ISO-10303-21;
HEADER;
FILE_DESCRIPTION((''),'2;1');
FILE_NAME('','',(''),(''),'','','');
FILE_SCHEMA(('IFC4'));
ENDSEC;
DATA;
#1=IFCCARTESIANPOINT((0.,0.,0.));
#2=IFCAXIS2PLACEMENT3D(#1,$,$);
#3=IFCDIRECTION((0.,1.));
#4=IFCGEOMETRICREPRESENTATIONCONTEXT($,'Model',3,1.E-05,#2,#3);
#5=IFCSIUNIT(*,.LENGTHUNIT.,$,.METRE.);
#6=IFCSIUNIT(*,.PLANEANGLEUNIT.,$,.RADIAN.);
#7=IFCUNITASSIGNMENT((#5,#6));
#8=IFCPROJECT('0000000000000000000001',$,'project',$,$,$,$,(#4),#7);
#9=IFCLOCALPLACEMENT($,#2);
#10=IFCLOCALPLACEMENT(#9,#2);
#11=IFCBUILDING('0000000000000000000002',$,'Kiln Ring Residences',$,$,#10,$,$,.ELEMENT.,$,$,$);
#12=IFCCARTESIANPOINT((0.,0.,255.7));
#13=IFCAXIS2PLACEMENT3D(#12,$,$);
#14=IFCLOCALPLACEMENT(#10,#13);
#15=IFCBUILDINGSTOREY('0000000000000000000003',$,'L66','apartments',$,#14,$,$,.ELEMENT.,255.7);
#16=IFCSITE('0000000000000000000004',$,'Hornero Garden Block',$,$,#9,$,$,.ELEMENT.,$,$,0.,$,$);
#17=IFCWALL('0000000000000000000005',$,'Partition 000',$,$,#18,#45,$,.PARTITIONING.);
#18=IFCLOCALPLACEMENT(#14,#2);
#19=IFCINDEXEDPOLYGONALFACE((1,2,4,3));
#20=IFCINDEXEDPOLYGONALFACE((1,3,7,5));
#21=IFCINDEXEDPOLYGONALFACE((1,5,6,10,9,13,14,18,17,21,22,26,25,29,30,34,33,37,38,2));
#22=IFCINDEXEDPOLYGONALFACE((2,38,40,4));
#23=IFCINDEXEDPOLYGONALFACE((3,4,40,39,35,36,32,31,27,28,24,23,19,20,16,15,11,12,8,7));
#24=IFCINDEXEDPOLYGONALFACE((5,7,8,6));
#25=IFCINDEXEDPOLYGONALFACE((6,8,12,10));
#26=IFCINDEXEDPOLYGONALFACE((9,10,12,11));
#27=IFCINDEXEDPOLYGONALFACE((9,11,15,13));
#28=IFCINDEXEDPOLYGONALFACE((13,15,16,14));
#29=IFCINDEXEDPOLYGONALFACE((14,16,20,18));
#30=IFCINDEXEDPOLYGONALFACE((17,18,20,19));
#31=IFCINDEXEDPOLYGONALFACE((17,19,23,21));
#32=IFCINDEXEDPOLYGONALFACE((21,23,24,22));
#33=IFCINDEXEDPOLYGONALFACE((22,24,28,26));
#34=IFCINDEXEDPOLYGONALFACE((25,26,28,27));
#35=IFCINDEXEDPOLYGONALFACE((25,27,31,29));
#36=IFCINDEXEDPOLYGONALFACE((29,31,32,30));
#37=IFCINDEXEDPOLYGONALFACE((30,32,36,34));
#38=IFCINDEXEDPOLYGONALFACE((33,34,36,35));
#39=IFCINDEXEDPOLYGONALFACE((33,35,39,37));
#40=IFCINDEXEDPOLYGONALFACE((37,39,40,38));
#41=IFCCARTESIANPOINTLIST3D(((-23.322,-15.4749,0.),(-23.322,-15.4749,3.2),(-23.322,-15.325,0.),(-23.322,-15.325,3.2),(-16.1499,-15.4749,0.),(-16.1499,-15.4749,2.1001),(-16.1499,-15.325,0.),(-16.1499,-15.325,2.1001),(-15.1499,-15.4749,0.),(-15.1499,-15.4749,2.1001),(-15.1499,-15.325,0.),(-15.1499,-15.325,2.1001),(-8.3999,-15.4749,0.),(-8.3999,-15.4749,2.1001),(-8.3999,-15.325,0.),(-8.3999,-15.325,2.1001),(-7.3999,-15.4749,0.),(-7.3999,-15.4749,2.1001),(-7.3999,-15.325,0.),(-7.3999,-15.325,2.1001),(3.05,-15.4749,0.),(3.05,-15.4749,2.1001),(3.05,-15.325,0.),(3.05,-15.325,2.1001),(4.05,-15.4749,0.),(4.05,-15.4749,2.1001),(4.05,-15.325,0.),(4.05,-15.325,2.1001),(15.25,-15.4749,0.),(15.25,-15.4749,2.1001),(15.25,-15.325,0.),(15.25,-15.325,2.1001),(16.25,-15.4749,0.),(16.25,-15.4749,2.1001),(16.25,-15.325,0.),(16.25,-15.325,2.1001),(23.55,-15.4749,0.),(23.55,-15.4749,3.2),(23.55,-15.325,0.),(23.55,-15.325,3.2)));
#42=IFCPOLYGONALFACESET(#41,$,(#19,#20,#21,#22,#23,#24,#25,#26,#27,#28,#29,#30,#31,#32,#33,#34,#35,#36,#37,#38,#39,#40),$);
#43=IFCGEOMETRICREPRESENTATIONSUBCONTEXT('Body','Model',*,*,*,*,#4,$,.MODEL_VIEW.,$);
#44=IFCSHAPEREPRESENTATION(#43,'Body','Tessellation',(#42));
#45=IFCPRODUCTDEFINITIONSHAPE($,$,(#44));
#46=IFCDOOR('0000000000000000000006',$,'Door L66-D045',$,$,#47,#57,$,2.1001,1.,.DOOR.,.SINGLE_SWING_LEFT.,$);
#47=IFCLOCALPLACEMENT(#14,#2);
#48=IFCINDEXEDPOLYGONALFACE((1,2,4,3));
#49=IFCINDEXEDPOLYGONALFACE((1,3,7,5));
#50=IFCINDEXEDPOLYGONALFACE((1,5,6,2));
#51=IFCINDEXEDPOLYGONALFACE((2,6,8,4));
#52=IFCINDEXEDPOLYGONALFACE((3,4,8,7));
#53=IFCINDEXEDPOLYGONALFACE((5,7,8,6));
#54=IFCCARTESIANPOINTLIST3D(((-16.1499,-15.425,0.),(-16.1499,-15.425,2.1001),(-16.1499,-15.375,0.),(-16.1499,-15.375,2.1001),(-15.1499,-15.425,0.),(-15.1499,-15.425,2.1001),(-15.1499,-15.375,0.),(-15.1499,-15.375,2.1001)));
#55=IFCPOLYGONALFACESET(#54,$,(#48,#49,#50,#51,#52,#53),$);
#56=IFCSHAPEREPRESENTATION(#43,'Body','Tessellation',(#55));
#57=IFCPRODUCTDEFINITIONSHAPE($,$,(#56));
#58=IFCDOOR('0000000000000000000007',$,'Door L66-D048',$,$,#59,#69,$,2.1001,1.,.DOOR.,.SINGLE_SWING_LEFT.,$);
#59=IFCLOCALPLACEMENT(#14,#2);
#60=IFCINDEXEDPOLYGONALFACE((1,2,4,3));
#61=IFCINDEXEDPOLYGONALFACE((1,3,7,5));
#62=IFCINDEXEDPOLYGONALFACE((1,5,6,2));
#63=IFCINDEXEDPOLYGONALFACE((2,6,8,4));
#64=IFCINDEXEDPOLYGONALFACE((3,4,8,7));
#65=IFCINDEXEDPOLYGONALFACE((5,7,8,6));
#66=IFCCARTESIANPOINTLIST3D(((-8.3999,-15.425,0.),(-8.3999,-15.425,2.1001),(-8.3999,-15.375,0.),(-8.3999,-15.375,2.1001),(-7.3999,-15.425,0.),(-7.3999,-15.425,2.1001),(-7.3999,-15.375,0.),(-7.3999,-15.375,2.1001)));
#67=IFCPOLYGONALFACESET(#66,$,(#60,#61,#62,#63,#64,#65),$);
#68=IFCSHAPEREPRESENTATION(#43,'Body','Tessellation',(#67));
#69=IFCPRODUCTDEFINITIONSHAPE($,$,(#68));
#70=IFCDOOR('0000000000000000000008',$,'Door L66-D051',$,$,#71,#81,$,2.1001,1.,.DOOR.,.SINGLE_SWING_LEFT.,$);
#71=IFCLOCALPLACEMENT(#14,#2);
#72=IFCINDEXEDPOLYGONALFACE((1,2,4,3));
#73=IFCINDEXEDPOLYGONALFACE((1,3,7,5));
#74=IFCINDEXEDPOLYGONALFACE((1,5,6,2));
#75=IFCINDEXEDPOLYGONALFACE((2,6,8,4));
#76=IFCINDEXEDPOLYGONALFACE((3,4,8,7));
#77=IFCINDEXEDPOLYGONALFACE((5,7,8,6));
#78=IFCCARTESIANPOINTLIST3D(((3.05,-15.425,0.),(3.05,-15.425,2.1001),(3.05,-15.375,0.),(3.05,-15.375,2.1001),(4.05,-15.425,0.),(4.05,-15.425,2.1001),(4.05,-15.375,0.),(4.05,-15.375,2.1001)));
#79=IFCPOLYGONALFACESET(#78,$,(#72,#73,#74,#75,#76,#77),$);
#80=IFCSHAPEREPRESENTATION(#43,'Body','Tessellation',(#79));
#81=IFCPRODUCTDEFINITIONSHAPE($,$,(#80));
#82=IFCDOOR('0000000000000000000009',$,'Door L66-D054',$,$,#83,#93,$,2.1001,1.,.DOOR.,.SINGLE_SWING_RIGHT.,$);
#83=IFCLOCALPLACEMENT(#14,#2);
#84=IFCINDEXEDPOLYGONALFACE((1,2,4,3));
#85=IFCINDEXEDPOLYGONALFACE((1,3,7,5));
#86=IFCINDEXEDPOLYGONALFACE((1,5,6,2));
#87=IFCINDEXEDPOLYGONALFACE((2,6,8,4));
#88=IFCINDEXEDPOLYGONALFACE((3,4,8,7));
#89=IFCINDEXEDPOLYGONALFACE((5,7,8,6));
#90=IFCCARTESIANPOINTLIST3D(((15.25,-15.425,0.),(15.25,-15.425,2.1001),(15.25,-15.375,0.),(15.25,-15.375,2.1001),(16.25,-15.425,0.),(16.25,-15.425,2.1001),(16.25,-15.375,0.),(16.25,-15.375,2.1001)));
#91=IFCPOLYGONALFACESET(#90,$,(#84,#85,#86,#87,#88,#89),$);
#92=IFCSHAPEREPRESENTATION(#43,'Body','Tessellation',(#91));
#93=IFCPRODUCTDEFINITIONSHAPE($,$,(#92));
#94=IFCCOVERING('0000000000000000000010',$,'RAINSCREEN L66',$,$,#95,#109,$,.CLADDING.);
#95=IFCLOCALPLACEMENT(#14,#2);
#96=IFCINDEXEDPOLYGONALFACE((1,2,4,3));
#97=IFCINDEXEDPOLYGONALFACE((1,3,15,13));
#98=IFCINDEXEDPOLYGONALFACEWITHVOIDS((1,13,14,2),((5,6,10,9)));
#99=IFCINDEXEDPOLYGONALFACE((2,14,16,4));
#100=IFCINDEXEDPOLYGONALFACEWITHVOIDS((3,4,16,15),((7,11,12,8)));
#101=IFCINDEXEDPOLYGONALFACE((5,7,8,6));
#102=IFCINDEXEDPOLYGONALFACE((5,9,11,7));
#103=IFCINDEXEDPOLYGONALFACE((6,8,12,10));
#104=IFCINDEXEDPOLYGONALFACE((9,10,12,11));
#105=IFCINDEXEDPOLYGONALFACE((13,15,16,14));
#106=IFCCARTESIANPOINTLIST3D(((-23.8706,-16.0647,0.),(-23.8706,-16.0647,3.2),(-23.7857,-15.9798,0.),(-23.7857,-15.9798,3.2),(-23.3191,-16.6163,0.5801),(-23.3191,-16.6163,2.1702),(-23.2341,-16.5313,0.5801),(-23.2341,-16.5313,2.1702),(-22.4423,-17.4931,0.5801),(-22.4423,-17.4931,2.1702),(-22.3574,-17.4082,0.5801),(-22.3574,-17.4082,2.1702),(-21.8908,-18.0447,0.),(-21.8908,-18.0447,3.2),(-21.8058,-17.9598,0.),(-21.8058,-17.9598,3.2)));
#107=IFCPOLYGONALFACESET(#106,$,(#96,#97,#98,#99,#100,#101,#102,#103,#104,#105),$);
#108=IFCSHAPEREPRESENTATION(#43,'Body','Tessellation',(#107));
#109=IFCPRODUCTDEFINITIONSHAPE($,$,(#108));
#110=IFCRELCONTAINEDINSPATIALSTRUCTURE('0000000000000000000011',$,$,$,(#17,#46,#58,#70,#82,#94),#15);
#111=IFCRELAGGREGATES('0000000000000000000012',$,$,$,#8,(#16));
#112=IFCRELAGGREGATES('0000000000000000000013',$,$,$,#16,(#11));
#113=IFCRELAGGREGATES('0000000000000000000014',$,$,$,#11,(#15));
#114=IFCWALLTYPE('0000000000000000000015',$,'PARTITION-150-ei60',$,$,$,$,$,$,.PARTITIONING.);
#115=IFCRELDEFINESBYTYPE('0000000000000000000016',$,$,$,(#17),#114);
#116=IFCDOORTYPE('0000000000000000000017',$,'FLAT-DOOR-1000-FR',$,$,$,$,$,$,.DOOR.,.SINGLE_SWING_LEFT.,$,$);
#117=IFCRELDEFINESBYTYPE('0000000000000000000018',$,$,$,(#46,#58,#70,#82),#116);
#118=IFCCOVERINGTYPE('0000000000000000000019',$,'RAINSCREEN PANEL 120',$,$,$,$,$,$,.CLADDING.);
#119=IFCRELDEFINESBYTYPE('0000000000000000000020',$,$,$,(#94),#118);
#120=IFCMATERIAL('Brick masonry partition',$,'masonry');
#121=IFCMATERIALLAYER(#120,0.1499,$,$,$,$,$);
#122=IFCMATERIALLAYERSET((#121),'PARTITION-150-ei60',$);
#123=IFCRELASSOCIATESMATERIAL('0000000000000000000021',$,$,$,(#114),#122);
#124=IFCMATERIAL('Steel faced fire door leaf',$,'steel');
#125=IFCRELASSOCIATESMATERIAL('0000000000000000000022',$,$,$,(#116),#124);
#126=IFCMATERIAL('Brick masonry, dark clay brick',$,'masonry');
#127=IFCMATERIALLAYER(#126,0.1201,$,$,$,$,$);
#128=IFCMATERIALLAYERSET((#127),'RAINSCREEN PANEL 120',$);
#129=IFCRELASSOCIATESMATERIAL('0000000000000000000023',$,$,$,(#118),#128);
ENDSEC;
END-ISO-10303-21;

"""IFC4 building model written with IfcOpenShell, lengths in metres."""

from ifc_helpers import new_model, si_unit, direction, frame, frame_2d, origin, place, context, subcontext, project, spatial, polyline, rectangle, outline, extrude, material, layer, layer_set, type_object, element, fill, save


model = new_model("IFC4")

# Units and contexts
model_context = context("Model", 3, precision=1e-05, world=origin(), true_north=direction((0.0, 1.0)))
body_context = subcontext(model_context, "Body", "Model", "MODEL_VIEW")
ifc_project = project(units=[si_unit("LENGTHUNIT", "METRE"), si_unit("PLANEANGLEUNIT", "RADIAN")], contexts=[model_context])

# Site, building, storey
site_placement = place(None, origin())
site = spatial("IfcSite", under=ifc_project, at=site_placement, Name="Hornero Garden Block", CompositionType="ELEMENT", RefElevation=0.0)
building_placement = place(site_placement, origin())
building = spatial("IfcBuilding", under=site, at=building_placement, Name="Kiln Ring Residences", CompositionType="ELEMENT")
storey_placement = place(building_placement, frame((0.0, 0.0, 255.7)))
storey = spatial("IfcBuildingStorey", under=building, at=storey_placement, Name="L66", Description="apartments", CompositionType="ELEMENT", Elevation=255.7)

# Wall, openings, doors
ifc_material_1 = material(Name="Brick masonry partition", Category="masonry")
ifc_layer_1 = layer(ifc_material_1, 0.1499)
ifc_layer_set_1 = layer_set([ifc_layer_1], Name="PARTITION-150-ei60")
wall_type_1 = type_object("IfcWallType", Name="PARTITION-150-ei60", PredefinedType="PARTITIONING", material=ifc_layer_set_1)
wall_1_placement = place(storey_placement, frame((-23.322, -15.3999, 0.0), z_axis=(0.0, 0.0, 1.0), x_axis=(1.0, 0.0, 0.0)))
wall_1 = element("IfcWall", 1, at=wall_1_placement, inside=storey, type_object=wall_type_1, Name="Partition 000", PredefinedType="PARTITIONING", context=body_context, shape_type="SweptSolid", body=[
    extrude(rectangle(XDim=46.8721, YDim=0.1499, at=frame_2d((23.436, 0.0))), origin(), (0.0, 0.0, 1.0), 3.2),
])
opening_1_placement = place(wall_1_placement, frame((7.1721, 0.0, 0.0)))
opening_1 = element("IfcOpeningElement", 2, at=opening_1_placement, cuts=wall_1, PredefinedType="OPENING", context=body_context, shape_type="SweptSolid", body=[
    extrude(rectangle(XDim=1.0, YDim=2.1001, at=frame_2d((0.5, 1.05))), frame((0.0, 0.085, 0.0), z_axis=(0.0, -1.0, 0.0), x_axis=(1.0, 0.0, 0.0)), (0.0, 0.0, 1.0), 0.1699),
])
opening_2_placement = place(wall_1_placement, frame((14.9221, 0.0, 0.0)))
opening_2 = element("IfcOpeningElement", 3, at=opening_2_placement, cuts=wall_1, PredefinedType="OPENING", context=body_context, shape_type="SweptSolid", body=[
    extrude(rectangle(XDim=1.0, YDim=2.1001, at=frame_2d((0.5, 1.05))), frame((0.0, 0.085, 0.0), z_axis=(0.0, -1.0, 0.0), x_axis=(1.0, 0.0, 0.0)), (0.0, 0.0, 1.0), 0.1699),
])
opening_3_placement = place(wall_1_placement, frame((26.3721, 0.0, 0.0)))
opening_3 = element("IfcOpeningElement", 4, at=opening_3_placement, cuts=wall_1, PredefinedType="OPENING", context=body_context, shape_type="SweptSolid", body=[
    extrude(rectangle(XDim=1.0, YDim=2.1001, at=frame_2d((0.5, 1.05))), frame((0.0, 0.085, 0.0), z_axis=(0.0, -1.0, 0.0), x_axis=(1.0, 0.0, 0.0)), (0.0, 0.0, 1.0), 0.1699),
])
opening_4_placement = place(wall_1_placement, frame((38.572, 0.0, 0.0)))
opening_4 = element("IfcOpeningElement", 5, at=opening_4_placement, cuts=wall_1, PredefinedType="OPENING", context=body_context, shape_type="SweptSolid", body=[
    extrude(rectangle(XDim=1.0, YDim=2.1001, at=frame_2d((0.5, 1.05))), frame((0.0, 0.085, 0.0), z_axis=(0.0, -1.0, 0.0), x_axis=(1.0, 0.0, 0.0)), (0.0, 0.0, 1.0), 0.1699),
])
ifc_material_2 = material(Name="Steel faced fire door leaf", Category="steel")
door_type = type_object("IfcDoorType", Name="FLAT-DOOR-1000-FR", OperationType="SINGLE_SWING_LEFT", PredefinedType="DOOR", material=ifc_material_2)
door_1_placement = place(opening_1_placement, origin())
door_1 = element("IfcDoor", 6, at=door_1_placement, inside=storey, type_object=door_type, Name="Door L66-D045", OperationType="SINGLE_SWING_LEFT", OverallHeight=2.1001, OverallWidth=1.0, PredefinedType="DOOR", context=body_context, shape_type="SweptSolid", body=[
    extrude(rectangle(XDim=1.0, YDim=2.1001, at=frame_2d((0.5, 1.05))), frame((0.0, 0.0249, 0.0), z_axis=(0.0, -1.0, 0.0), x_axis=(1.0, 0.0, 0.0)), (0.0, 0.0, 1.0), 0.05),
])
fill(opening_1, door_1)
door_2_placement = place(opening_2_placement, origin())
door_2 = element("IfcDoor", 7, at=door_2_placement, inside=storey, type_object=door_type, Name="Door L66-D048", OperationType="SINGLE_SWING_LEFT", OverallHeight=2.1001, OverallWidth=1.0, PredefinedType="DOOR", context=body_context, shape_type="SweptSolid", body=[
    extrude(rectangle(XDim=1.0, YDim=2.1001, at=frame_2d((0.5, 1.05))), frame((0.0, 0.0249, 0.0), z_axis=(0.0, -1.0, 0.0), x_axis=(1.0, 0.0, 0.0)), (0.0, 0.0, 1.0), 0.05),
])
fill(opening_2, door_2)
door_3_placement = place(opening_3_placement, origin())
door_3 = element("IfcDoor", 8, at=door_3_placement, inside=storey, type_object=door_type, Name="Door L66-D051", OperationType="SINGLE_SWING_LEFT", OverallHeight=2.1001, OverallWidth=1.0, PredefinedType="DOOR", context=body_context, shape_type="SweptSolid", body=[
    extrude(rectangle(XDim=1.0, YDim=2.1001, at=frame_2d((0.5, 1.05))), frame((0.0, 0.0249, 0.0), z_axis=(0.0, -1.0, 0.0), x_axis=(1.0, 0.0, 0.0)), (0.0, 0.0, 1.0), 0.05),
])
fill(opening_3, door_3)
door_4_placement = place(opening_4_placement, origin())
door_4 = element("IfcDoor", 9, at=door_4_placement, inside=storey, type_object=door_type, Name="Door L66-D054", OperationType="SINGLE_SWING_RIGHT", OverallHeight=2.1001, OverallWidth=1.0, PredefinedType="DOOR", context=body_context, shape_type="SweptSolid", body=[
    extrude(rectangle(XDim=1.0, YDim=2.1001, at=frame_2d((0.5, 1.05))), frame((0.0, 0.0249, 0.0), z_axis=(0.0, -1.0, 0.0), x_axis=(1.0, 0.0, 0.0)), (0.0, 0.0, 1.0), 0.05),
])
fill(opening_4, door_4)

# Covering
ifc_material_3 = material(Name="Brick masonry, dark clay brick", Category="masonry")
ifc_layer_2 = layer(ifc_material_3, 0.1201)
ifc_layer_set_2 = layer_set([ifc_layer_2], Name="RAINSCREEN PANEL 120")
covering_type = type_object("IfcCoveringType", Name="RAINSCREEN PANEL 120", PredefinedType="CLADDING", material=ifc_layer_set_2)
covering_placement = place(storey_placement, frame((-23.8281, -16.0222, 0.0), z_axis=(0.0, 0.0, 1.0), x_axis=(0.707063, -0.70715, 0.0)))
element("IfcCovering", 10, at=covering_placement, inside=storey, type_object=covering_type, Name="RAINSCREEN L66", PredefinedType="CLADDING", context=body_context, shape_type="SweptSolid", body=[
    extrude(outline(polyline([(0.0, 0.0), (2.8, 0.0), (2.8, 3.2), (0.0, 3.2), (0.0, 0.0)]), holes=[polyline([(0.78, 2.1702), (0.78, 0.5801), (2.02, 0.5801), (2.02, 2.1702), (0.78, 2.1702)])]), frame((0.0, 0.0601, 0.0), z_axis=(0.0, -1.0, 0.0), x_axis=(1.0, 0.0, 0.0)), (0.0, 0.0, 1.0), 0.1201),
])

save(model, "model.ifc")
